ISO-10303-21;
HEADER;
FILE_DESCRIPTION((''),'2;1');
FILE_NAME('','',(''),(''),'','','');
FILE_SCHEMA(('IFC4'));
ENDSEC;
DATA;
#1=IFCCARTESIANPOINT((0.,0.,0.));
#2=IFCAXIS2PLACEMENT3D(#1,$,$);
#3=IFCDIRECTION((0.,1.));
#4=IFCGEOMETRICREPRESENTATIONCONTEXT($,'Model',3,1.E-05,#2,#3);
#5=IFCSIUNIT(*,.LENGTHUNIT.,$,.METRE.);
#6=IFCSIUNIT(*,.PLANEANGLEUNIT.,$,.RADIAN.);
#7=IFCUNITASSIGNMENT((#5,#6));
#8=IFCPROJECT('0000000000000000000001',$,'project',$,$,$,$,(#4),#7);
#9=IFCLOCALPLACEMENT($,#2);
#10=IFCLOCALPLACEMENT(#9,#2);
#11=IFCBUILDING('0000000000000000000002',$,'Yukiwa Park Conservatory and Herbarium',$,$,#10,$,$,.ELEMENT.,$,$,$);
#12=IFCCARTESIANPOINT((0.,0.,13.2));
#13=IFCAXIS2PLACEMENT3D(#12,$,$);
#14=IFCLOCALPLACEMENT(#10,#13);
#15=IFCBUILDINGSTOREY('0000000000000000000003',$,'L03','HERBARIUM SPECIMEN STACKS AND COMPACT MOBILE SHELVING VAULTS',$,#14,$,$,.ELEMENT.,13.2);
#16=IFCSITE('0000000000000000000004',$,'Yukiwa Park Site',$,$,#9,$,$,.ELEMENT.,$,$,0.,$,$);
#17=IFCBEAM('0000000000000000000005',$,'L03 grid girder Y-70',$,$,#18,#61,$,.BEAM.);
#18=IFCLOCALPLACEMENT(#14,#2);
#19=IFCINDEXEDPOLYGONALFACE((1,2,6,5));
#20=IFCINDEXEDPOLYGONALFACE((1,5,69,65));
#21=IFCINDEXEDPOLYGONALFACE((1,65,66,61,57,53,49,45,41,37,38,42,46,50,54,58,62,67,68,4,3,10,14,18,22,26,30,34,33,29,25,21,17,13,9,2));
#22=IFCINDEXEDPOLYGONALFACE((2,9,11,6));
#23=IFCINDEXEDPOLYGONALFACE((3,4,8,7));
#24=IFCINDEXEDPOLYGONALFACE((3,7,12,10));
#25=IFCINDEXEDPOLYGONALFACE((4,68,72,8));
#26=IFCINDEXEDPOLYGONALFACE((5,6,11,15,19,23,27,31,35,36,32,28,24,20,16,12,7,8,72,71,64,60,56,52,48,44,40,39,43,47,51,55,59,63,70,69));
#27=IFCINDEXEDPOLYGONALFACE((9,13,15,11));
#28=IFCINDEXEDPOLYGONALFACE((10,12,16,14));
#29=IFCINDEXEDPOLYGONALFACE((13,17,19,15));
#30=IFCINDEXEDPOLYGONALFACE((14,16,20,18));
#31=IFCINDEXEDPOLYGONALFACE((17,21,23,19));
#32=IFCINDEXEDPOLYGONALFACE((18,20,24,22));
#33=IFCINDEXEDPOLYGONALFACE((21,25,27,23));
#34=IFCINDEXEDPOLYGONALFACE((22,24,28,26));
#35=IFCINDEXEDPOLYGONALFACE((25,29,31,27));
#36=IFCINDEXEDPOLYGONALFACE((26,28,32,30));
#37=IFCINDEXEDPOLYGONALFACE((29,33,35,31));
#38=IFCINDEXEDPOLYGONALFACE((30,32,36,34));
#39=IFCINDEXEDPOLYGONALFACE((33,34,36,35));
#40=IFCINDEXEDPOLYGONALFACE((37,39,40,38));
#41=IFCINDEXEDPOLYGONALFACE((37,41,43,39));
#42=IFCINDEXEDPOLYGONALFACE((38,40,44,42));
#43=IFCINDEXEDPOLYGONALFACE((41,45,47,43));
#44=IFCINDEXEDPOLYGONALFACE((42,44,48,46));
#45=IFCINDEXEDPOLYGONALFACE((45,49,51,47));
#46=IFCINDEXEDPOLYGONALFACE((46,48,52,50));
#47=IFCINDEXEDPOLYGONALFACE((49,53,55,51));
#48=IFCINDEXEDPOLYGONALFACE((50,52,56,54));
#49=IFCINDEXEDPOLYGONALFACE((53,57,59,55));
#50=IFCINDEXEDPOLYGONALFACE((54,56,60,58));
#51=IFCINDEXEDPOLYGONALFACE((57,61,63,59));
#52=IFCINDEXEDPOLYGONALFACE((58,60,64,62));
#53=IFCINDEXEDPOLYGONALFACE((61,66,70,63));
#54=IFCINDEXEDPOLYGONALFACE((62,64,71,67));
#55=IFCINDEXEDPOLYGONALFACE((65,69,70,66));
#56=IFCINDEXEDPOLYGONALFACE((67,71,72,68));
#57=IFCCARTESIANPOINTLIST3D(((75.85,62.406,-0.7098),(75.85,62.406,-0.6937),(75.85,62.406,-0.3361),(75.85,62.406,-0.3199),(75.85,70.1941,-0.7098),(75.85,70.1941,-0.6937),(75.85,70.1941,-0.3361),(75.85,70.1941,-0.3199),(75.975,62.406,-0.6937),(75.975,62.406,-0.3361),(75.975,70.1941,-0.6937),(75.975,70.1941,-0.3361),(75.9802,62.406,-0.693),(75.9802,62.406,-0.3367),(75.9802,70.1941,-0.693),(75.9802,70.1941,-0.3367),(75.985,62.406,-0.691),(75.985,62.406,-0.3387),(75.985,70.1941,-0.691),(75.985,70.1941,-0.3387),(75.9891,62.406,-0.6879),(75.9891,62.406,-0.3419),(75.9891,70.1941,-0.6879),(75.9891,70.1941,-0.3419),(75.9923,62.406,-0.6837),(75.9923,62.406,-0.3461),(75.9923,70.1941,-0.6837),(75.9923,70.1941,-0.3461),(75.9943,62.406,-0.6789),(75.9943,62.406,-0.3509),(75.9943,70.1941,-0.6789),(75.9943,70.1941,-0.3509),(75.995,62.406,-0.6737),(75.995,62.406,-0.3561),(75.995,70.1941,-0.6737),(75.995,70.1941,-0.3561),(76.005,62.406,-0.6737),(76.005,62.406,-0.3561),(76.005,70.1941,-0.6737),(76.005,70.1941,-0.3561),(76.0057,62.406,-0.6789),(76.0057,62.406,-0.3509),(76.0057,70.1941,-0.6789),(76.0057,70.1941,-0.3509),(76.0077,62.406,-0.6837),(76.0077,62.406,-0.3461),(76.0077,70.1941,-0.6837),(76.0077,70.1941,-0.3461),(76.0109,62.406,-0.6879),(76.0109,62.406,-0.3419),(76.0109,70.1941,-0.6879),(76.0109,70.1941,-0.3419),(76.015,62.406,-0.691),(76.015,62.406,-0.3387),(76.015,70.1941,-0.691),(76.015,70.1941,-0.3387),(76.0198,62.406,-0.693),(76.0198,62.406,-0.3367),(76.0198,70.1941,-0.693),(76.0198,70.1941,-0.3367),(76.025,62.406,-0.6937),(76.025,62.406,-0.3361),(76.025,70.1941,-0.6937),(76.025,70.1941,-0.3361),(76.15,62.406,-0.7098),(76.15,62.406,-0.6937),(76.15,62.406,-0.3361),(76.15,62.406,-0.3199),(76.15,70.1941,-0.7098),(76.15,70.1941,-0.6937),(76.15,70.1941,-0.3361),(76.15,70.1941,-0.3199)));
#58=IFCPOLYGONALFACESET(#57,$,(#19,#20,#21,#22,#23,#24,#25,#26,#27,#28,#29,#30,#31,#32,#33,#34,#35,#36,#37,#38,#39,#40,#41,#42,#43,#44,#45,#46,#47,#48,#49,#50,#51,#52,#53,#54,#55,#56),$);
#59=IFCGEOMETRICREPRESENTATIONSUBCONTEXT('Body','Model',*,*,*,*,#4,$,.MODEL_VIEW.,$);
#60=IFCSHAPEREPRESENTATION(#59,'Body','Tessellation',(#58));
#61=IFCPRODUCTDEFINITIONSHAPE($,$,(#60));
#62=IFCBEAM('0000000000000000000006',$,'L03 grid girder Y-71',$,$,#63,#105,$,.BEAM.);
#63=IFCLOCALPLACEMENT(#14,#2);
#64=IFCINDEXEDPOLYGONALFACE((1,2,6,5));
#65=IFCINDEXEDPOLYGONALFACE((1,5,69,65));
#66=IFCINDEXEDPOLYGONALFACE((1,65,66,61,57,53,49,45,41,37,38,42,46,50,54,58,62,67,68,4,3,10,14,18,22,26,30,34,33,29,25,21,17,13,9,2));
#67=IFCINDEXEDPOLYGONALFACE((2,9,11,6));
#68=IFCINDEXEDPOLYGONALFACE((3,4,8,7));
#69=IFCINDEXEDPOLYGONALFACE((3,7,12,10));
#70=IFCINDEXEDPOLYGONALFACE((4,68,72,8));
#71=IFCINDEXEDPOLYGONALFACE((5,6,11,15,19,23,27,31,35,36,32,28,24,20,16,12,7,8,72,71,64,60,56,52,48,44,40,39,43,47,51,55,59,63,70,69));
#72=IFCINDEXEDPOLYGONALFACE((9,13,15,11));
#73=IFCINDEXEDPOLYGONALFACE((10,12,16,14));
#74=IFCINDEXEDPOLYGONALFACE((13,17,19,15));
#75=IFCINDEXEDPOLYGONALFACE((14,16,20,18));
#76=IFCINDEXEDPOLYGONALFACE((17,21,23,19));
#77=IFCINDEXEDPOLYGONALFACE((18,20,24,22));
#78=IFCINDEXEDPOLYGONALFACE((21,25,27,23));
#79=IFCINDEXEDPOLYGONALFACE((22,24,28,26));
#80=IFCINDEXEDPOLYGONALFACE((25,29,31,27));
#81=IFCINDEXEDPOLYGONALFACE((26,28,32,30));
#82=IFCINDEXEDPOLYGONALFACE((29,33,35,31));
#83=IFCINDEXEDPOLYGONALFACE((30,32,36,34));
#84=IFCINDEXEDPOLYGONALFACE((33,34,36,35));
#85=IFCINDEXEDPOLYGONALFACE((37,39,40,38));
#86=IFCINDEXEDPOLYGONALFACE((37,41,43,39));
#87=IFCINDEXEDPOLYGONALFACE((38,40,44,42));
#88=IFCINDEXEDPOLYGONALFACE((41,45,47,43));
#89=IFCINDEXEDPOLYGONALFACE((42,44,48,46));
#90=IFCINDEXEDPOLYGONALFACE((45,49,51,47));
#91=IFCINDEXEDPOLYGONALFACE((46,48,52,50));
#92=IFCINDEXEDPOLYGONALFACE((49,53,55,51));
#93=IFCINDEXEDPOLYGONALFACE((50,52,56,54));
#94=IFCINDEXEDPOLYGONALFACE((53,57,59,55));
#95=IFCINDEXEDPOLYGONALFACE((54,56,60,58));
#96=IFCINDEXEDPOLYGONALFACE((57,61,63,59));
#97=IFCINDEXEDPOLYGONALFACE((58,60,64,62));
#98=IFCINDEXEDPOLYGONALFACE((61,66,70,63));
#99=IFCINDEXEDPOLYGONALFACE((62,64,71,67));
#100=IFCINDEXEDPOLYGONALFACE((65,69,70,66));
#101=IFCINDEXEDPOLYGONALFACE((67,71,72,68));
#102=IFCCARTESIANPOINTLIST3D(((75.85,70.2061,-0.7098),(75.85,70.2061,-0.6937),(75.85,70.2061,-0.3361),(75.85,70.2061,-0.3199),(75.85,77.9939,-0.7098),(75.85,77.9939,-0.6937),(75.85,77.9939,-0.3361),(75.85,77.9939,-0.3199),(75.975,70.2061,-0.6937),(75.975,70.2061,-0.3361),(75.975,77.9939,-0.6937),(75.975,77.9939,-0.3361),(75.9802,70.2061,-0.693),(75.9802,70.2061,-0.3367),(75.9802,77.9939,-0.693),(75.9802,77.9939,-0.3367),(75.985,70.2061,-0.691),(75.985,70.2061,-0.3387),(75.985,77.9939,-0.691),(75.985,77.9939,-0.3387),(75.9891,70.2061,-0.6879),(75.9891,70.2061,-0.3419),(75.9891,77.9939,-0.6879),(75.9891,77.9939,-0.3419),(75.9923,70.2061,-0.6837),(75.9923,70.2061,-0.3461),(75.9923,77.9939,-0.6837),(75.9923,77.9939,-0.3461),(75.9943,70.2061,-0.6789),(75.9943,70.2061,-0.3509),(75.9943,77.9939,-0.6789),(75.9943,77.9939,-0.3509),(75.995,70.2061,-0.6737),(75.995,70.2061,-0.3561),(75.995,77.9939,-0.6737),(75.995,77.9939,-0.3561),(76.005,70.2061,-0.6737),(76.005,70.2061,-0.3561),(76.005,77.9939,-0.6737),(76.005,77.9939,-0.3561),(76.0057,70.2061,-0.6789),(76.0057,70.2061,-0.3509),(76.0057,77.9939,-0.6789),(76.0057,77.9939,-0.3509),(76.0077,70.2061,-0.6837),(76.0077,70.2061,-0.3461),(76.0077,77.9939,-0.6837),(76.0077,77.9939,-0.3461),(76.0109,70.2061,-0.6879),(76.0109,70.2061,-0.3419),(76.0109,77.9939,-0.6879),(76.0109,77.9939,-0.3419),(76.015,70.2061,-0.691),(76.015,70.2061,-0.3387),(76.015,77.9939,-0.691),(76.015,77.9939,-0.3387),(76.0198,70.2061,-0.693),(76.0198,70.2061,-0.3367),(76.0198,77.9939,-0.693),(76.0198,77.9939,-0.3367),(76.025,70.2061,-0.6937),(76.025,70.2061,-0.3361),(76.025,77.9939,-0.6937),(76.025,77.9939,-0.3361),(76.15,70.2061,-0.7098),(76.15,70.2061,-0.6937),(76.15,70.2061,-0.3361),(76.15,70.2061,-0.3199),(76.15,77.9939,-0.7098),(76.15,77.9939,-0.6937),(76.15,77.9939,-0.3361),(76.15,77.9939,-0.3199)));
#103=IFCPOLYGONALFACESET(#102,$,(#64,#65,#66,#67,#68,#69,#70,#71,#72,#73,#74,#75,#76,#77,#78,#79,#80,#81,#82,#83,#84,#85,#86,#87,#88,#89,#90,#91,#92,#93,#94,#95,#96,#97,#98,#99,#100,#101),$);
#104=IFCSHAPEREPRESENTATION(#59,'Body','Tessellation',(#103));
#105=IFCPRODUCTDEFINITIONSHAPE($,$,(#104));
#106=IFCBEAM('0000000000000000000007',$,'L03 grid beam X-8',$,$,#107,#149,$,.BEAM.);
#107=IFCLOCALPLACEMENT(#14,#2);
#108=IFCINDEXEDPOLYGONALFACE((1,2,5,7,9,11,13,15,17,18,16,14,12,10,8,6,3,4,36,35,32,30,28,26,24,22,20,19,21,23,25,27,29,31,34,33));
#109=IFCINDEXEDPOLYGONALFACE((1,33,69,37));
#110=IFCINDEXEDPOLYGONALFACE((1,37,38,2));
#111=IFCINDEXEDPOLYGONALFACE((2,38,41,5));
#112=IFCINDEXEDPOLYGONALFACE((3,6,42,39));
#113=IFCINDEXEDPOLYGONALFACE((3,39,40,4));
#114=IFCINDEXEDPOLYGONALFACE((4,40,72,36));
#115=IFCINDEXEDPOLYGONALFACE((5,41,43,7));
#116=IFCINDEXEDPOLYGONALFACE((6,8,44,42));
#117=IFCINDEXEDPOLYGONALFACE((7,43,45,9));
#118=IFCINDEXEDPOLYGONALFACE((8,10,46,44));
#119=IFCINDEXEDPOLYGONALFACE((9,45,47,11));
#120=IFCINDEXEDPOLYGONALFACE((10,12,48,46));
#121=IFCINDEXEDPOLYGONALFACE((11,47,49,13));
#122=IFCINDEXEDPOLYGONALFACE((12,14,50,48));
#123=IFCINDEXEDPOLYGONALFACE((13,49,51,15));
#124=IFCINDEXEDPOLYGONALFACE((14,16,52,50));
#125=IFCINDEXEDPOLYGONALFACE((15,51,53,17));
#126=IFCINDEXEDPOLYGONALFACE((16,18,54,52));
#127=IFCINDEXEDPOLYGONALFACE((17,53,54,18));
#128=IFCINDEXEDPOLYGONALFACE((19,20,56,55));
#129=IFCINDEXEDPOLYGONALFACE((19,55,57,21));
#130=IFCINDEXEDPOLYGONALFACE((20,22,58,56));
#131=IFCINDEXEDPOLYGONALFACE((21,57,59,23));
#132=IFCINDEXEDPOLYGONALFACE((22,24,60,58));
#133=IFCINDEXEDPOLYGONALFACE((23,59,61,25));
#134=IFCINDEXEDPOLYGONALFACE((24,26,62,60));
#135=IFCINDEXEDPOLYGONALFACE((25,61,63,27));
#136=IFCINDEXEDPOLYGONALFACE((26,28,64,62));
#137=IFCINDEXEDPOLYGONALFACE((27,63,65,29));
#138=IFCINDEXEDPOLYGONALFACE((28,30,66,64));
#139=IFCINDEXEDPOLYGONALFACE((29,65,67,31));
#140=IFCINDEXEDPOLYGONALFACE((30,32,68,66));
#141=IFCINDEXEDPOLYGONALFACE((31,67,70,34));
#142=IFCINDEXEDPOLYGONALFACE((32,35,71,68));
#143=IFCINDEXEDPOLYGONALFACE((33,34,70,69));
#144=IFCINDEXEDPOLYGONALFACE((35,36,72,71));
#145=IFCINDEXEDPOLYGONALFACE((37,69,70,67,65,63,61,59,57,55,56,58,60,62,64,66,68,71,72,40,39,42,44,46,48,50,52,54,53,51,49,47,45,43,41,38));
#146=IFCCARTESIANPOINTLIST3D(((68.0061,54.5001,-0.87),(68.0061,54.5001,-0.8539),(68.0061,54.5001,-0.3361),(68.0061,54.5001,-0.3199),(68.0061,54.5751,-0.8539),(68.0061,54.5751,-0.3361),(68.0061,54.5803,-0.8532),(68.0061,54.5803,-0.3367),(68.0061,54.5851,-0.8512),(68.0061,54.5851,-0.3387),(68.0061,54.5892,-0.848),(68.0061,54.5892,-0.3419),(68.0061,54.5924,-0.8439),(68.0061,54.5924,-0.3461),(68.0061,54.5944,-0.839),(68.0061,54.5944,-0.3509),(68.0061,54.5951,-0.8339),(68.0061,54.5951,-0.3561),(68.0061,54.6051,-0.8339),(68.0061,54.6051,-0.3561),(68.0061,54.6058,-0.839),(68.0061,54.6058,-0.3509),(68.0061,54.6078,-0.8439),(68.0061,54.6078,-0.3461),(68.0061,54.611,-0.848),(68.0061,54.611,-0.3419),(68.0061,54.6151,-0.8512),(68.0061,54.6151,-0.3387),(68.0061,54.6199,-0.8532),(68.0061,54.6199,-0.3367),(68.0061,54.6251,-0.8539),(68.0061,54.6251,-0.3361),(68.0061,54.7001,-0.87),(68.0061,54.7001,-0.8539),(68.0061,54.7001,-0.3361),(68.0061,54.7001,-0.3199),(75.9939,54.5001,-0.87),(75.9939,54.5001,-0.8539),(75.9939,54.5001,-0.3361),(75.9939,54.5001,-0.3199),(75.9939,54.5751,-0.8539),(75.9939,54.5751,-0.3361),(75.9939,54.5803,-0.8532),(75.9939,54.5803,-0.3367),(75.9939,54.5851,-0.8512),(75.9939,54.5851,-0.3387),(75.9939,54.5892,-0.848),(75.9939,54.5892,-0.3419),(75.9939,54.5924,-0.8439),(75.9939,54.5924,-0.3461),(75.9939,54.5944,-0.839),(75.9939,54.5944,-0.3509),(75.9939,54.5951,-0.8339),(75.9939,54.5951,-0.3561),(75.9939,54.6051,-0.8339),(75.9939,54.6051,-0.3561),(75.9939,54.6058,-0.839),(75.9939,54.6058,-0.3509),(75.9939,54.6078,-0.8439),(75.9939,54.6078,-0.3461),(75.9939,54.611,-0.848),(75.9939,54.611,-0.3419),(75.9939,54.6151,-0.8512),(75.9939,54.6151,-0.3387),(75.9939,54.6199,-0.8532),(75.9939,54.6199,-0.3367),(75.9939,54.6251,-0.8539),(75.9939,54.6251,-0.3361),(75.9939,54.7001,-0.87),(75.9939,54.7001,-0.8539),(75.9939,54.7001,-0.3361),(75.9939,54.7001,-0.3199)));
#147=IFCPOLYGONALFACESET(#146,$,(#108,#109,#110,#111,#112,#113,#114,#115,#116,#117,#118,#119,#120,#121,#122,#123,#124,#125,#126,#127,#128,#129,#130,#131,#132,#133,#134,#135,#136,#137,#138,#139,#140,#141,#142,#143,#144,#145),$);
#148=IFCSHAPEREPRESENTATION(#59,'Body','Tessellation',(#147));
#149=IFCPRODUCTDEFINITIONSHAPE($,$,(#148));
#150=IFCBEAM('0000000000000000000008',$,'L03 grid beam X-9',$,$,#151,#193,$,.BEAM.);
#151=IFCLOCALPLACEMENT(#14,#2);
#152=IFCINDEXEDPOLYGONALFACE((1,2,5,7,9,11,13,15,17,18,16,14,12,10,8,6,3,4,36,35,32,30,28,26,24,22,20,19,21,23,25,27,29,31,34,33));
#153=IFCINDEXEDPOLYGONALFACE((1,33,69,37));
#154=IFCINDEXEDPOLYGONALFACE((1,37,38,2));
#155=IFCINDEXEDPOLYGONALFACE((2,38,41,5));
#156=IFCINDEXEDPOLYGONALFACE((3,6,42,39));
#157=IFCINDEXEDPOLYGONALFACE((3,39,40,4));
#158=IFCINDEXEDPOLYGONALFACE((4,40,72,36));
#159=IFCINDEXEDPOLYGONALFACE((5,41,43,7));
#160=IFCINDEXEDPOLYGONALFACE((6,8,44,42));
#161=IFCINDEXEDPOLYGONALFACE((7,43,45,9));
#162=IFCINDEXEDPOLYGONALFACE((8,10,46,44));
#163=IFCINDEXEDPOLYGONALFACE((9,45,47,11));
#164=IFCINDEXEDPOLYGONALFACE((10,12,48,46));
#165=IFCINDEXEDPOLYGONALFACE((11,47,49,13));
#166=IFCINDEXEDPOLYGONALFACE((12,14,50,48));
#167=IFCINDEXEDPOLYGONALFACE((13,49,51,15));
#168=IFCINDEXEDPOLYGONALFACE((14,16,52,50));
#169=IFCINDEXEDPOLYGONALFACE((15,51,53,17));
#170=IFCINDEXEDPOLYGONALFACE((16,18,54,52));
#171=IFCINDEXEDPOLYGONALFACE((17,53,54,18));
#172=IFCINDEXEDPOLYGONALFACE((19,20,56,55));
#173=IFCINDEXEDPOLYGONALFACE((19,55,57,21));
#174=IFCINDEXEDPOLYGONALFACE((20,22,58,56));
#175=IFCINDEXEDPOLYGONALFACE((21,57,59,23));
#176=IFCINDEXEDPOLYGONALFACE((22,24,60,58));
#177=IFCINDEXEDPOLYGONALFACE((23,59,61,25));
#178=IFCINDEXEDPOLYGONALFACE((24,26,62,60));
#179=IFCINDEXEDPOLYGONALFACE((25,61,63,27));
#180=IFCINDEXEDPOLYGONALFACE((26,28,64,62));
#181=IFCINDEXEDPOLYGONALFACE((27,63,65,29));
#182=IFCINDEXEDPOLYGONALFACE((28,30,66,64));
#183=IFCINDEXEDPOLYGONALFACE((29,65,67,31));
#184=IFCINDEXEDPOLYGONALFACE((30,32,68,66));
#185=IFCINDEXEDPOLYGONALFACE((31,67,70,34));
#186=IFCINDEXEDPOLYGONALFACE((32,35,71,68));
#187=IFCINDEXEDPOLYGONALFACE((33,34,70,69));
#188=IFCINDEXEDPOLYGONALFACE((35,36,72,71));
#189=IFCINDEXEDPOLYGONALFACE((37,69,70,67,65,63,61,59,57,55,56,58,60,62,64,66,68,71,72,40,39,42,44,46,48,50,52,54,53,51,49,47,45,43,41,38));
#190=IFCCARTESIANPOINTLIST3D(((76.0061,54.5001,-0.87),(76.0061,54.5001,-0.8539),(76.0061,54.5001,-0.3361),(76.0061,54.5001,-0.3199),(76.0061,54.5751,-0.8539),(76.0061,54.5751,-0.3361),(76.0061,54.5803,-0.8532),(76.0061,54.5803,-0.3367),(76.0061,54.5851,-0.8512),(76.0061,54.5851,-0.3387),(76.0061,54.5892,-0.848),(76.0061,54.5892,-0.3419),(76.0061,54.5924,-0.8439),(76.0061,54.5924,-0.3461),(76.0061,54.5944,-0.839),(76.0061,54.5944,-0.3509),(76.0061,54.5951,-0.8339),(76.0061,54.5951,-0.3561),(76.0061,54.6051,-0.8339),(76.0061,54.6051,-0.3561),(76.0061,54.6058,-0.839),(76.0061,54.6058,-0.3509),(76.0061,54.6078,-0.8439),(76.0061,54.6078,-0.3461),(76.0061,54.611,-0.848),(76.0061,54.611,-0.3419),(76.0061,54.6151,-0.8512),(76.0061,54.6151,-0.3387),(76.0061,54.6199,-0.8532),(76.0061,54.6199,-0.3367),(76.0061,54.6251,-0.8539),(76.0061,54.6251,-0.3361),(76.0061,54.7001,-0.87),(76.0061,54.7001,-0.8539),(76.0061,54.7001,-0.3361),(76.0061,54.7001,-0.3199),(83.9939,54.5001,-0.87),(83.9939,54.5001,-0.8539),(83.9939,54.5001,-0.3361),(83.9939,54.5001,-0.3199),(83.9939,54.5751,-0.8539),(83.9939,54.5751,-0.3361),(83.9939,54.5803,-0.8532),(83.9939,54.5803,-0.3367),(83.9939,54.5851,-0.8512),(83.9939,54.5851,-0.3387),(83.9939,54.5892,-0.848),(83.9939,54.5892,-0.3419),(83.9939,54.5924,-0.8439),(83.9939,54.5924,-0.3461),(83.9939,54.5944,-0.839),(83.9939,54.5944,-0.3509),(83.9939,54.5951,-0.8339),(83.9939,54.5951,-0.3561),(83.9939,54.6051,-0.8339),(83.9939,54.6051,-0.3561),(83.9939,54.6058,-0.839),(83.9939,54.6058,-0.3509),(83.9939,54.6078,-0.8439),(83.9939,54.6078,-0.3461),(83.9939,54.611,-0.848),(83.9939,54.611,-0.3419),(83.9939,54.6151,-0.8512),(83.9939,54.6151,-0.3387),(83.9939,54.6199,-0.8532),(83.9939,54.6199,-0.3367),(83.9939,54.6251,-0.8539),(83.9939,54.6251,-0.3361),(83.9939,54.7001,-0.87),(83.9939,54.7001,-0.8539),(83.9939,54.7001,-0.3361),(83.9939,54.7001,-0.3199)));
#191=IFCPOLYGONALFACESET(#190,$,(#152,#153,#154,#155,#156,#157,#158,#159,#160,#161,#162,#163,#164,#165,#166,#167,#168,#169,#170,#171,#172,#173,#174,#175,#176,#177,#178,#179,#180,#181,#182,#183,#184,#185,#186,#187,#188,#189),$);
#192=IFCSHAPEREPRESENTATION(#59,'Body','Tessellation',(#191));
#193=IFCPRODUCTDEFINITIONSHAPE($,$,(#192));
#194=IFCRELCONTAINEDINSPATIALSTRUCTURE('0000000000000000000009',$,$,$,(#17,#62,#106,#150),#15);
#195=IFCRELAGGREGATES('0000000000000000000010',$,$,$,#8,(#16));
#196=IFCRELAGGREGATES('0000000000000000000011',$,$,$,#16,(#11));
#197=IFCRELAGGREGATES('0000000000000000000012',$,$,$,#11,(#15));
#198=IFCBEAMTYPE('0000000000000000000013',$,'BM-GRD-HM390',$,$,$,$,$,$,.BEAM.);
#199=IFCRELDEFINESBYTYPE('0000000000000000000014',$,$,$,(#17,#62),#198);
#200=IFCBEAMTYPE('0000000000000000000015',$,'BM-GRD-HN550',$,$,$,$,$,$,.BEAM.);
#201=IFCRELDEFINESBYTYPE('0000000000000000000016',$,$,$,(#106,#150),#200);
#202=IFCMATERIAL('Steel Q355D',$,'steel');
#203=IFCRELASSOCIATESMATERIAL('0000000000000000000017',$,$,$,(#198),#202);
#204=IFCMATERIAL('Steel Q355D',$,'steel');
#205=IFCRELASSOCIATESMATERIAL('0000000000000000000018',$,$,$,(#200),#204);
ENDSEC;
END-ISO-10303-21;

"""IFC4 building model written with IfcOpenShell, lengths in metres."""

from ifc_helpers import new_model, si_unit, direction, frame, origin, origin_2d, place, context, subcontext, project, spatial, i_section, extrude, material, material_profile, profile_set, type_object, element, save


model = new_model("IFC4")

# Units and contexts
model_context = context("Model", 3, precision=1e-05, world=origin(), true_north=direction((0.0, 1.0)))
body_context = subcontext(model_context, "Body", "Model", "MODEL_VIEW")
ifc_project = project(units=[si_unit("LENGTHUNIT", "METRE"), si_unit("PLANEANGLEUNIT", "RADIAN")], contexts=[model_context])

# Site, building, storey
site_placement = place(None, origin())
site = spatial("IfcSite", under=ifc_project, at=site_placement, Name="Yukiwa Park Site", CompositionType="ELEMENT", RefElevation=0.0)
building_placement = place(site_placement, origin())
building = spatial("IfcBuilding", under=site, at=building_placement, Name="Yukiwa Park Conservatory and Herbarium", CompositionType="ELEMENT")
storey_placement = place(building_placement, frame((0.0, 0.0, 13.2)))
storey = spatial("IfcBuildingStorey", under=building, at=storey_placement, Name="L03", Description="HERBARIUM SPECIMEN STACKS AND COMPACT MOBILE SHELVING VAULTS", CompositionType="ELEMENT", Elevation=13.2)

# Beams
ifc_material_1 = material(Name="Steel Q355D", Category="steel")
ifc_material_profile_1 = material_profile(ifc_material_1, i_section(OverallWidth=0.3, OverallDepth=0.3899, WebThickness=0.01, FlangeThickness=0.0161, FilletRadius=0.02, at=origin_2d()), Name="HM 390x300x10x16")
ifc_profile_set_1 = profile_set([ifc_material_profile_1], Name="Steel Q355D")
beam_type_1 = type_object("IfcBeamType", Name="BM-GRD-HM390", PredefinedType="BEAM", material=ifc_profile_set_1)
for number, where, z_axis, x_axis, name in (
    (1, (76.0, 62.406, -0.5149), (0.0, 1.0, 0.0), (-1.0, 0.0, 0.0), "L03 grid girder Y-70"),
):
    element("IfcBeam", number, at=place(storey_placement, frame(where, z_axis=z_axis, x_axis=x_axis)), inside=storey, type_object=beam_type_1, Name=name, PredefinedType="BEAM", context=body_context, shape_type="SweptSolid", body=[
        extrude(i_section(OverallWidth=0.3, OverallDepth=0.3899, WebThickness=0.01, FlangeThickness=0.0161, FilletRadius=0.02, at=origin_2d()), origin(), (0.0, 0.0, 1.0), 7.7881),
    ])
beam_1_placement = place(storey_placement, frame((76.0, 70.2061, -0.5149), z_axis=(0.0, 1.0, 0.0), x_axis=(-1.0, 0.0, 0.0)))
element("IfcBeam", 2, at=beam_1_placement, inside=storey, type_object=beam_type_1, Name="L03 grid girder Y-71", PredefinedType="BEAM", context=body_context, shape_type="SweptSolid", body=[
    extrude(i_section(OverallWidth=0.3, OverallDepth=0.3899, WebThickness=0.01, FlangeThickness=0.0161, FilletRadius=0.02, at=origin_2d()), origin(), (0.0, 0.0, 1.0), 7.7878),
])
ifc_material_2 = material(Name="Steel Q355D", Category="steel")
ifc_material_profile_2 = material_profile(ifc_material_2, i_section(OverallWidth=0.2, OverallDepth=0.55, WebThickness=0.01, FlangeThickness=0.0161, FilletRadius=0.02, at=origin_2d()), Name="HN 550x200x10x16")
ifc_profile_set_2 = profile_set([ifc_material_profile_2], Name="Steel Q355D")
beam_type_2 = type_object("IfcBeamType", Name="BM-GRD-HN550", PredefinedType="BEAM", material=ifc_profile_set_2)
for number, where, z_axis, x_axis, name in (
    (3, (68.0061, 54.6001, -0.595), (1.0, 0.0, 0.0), (0.0, 1.0, 0.0), "L03 grid beam X-8"),
    (4, (76.0061, 54.6001, -0.595), (1.0, 0.0, 0.0), (0.0, 1.0, 0.0), "L03 grid beam X-9"),
):
    element("IfcBeam", number, at=place(storey_placement, frame(where, z_axis=z_axis, x_axis=x_axis)), inside=storey, type_object=beam_type_2, Name=name, PredefinedType="BEAM", context=body_context, shape_type="SweptSolid", body=[
        extrude(i_section(OverallWidth=0.2, OverallDepth=0.55, WebThickness=0.01, FlangeThickness=0.0161, FilletRadius=0.02, at=origin_2d()), origin(), (0.0, 0.0, 1.0), 7.9878),
    ])

save(model, "model.ifc")
